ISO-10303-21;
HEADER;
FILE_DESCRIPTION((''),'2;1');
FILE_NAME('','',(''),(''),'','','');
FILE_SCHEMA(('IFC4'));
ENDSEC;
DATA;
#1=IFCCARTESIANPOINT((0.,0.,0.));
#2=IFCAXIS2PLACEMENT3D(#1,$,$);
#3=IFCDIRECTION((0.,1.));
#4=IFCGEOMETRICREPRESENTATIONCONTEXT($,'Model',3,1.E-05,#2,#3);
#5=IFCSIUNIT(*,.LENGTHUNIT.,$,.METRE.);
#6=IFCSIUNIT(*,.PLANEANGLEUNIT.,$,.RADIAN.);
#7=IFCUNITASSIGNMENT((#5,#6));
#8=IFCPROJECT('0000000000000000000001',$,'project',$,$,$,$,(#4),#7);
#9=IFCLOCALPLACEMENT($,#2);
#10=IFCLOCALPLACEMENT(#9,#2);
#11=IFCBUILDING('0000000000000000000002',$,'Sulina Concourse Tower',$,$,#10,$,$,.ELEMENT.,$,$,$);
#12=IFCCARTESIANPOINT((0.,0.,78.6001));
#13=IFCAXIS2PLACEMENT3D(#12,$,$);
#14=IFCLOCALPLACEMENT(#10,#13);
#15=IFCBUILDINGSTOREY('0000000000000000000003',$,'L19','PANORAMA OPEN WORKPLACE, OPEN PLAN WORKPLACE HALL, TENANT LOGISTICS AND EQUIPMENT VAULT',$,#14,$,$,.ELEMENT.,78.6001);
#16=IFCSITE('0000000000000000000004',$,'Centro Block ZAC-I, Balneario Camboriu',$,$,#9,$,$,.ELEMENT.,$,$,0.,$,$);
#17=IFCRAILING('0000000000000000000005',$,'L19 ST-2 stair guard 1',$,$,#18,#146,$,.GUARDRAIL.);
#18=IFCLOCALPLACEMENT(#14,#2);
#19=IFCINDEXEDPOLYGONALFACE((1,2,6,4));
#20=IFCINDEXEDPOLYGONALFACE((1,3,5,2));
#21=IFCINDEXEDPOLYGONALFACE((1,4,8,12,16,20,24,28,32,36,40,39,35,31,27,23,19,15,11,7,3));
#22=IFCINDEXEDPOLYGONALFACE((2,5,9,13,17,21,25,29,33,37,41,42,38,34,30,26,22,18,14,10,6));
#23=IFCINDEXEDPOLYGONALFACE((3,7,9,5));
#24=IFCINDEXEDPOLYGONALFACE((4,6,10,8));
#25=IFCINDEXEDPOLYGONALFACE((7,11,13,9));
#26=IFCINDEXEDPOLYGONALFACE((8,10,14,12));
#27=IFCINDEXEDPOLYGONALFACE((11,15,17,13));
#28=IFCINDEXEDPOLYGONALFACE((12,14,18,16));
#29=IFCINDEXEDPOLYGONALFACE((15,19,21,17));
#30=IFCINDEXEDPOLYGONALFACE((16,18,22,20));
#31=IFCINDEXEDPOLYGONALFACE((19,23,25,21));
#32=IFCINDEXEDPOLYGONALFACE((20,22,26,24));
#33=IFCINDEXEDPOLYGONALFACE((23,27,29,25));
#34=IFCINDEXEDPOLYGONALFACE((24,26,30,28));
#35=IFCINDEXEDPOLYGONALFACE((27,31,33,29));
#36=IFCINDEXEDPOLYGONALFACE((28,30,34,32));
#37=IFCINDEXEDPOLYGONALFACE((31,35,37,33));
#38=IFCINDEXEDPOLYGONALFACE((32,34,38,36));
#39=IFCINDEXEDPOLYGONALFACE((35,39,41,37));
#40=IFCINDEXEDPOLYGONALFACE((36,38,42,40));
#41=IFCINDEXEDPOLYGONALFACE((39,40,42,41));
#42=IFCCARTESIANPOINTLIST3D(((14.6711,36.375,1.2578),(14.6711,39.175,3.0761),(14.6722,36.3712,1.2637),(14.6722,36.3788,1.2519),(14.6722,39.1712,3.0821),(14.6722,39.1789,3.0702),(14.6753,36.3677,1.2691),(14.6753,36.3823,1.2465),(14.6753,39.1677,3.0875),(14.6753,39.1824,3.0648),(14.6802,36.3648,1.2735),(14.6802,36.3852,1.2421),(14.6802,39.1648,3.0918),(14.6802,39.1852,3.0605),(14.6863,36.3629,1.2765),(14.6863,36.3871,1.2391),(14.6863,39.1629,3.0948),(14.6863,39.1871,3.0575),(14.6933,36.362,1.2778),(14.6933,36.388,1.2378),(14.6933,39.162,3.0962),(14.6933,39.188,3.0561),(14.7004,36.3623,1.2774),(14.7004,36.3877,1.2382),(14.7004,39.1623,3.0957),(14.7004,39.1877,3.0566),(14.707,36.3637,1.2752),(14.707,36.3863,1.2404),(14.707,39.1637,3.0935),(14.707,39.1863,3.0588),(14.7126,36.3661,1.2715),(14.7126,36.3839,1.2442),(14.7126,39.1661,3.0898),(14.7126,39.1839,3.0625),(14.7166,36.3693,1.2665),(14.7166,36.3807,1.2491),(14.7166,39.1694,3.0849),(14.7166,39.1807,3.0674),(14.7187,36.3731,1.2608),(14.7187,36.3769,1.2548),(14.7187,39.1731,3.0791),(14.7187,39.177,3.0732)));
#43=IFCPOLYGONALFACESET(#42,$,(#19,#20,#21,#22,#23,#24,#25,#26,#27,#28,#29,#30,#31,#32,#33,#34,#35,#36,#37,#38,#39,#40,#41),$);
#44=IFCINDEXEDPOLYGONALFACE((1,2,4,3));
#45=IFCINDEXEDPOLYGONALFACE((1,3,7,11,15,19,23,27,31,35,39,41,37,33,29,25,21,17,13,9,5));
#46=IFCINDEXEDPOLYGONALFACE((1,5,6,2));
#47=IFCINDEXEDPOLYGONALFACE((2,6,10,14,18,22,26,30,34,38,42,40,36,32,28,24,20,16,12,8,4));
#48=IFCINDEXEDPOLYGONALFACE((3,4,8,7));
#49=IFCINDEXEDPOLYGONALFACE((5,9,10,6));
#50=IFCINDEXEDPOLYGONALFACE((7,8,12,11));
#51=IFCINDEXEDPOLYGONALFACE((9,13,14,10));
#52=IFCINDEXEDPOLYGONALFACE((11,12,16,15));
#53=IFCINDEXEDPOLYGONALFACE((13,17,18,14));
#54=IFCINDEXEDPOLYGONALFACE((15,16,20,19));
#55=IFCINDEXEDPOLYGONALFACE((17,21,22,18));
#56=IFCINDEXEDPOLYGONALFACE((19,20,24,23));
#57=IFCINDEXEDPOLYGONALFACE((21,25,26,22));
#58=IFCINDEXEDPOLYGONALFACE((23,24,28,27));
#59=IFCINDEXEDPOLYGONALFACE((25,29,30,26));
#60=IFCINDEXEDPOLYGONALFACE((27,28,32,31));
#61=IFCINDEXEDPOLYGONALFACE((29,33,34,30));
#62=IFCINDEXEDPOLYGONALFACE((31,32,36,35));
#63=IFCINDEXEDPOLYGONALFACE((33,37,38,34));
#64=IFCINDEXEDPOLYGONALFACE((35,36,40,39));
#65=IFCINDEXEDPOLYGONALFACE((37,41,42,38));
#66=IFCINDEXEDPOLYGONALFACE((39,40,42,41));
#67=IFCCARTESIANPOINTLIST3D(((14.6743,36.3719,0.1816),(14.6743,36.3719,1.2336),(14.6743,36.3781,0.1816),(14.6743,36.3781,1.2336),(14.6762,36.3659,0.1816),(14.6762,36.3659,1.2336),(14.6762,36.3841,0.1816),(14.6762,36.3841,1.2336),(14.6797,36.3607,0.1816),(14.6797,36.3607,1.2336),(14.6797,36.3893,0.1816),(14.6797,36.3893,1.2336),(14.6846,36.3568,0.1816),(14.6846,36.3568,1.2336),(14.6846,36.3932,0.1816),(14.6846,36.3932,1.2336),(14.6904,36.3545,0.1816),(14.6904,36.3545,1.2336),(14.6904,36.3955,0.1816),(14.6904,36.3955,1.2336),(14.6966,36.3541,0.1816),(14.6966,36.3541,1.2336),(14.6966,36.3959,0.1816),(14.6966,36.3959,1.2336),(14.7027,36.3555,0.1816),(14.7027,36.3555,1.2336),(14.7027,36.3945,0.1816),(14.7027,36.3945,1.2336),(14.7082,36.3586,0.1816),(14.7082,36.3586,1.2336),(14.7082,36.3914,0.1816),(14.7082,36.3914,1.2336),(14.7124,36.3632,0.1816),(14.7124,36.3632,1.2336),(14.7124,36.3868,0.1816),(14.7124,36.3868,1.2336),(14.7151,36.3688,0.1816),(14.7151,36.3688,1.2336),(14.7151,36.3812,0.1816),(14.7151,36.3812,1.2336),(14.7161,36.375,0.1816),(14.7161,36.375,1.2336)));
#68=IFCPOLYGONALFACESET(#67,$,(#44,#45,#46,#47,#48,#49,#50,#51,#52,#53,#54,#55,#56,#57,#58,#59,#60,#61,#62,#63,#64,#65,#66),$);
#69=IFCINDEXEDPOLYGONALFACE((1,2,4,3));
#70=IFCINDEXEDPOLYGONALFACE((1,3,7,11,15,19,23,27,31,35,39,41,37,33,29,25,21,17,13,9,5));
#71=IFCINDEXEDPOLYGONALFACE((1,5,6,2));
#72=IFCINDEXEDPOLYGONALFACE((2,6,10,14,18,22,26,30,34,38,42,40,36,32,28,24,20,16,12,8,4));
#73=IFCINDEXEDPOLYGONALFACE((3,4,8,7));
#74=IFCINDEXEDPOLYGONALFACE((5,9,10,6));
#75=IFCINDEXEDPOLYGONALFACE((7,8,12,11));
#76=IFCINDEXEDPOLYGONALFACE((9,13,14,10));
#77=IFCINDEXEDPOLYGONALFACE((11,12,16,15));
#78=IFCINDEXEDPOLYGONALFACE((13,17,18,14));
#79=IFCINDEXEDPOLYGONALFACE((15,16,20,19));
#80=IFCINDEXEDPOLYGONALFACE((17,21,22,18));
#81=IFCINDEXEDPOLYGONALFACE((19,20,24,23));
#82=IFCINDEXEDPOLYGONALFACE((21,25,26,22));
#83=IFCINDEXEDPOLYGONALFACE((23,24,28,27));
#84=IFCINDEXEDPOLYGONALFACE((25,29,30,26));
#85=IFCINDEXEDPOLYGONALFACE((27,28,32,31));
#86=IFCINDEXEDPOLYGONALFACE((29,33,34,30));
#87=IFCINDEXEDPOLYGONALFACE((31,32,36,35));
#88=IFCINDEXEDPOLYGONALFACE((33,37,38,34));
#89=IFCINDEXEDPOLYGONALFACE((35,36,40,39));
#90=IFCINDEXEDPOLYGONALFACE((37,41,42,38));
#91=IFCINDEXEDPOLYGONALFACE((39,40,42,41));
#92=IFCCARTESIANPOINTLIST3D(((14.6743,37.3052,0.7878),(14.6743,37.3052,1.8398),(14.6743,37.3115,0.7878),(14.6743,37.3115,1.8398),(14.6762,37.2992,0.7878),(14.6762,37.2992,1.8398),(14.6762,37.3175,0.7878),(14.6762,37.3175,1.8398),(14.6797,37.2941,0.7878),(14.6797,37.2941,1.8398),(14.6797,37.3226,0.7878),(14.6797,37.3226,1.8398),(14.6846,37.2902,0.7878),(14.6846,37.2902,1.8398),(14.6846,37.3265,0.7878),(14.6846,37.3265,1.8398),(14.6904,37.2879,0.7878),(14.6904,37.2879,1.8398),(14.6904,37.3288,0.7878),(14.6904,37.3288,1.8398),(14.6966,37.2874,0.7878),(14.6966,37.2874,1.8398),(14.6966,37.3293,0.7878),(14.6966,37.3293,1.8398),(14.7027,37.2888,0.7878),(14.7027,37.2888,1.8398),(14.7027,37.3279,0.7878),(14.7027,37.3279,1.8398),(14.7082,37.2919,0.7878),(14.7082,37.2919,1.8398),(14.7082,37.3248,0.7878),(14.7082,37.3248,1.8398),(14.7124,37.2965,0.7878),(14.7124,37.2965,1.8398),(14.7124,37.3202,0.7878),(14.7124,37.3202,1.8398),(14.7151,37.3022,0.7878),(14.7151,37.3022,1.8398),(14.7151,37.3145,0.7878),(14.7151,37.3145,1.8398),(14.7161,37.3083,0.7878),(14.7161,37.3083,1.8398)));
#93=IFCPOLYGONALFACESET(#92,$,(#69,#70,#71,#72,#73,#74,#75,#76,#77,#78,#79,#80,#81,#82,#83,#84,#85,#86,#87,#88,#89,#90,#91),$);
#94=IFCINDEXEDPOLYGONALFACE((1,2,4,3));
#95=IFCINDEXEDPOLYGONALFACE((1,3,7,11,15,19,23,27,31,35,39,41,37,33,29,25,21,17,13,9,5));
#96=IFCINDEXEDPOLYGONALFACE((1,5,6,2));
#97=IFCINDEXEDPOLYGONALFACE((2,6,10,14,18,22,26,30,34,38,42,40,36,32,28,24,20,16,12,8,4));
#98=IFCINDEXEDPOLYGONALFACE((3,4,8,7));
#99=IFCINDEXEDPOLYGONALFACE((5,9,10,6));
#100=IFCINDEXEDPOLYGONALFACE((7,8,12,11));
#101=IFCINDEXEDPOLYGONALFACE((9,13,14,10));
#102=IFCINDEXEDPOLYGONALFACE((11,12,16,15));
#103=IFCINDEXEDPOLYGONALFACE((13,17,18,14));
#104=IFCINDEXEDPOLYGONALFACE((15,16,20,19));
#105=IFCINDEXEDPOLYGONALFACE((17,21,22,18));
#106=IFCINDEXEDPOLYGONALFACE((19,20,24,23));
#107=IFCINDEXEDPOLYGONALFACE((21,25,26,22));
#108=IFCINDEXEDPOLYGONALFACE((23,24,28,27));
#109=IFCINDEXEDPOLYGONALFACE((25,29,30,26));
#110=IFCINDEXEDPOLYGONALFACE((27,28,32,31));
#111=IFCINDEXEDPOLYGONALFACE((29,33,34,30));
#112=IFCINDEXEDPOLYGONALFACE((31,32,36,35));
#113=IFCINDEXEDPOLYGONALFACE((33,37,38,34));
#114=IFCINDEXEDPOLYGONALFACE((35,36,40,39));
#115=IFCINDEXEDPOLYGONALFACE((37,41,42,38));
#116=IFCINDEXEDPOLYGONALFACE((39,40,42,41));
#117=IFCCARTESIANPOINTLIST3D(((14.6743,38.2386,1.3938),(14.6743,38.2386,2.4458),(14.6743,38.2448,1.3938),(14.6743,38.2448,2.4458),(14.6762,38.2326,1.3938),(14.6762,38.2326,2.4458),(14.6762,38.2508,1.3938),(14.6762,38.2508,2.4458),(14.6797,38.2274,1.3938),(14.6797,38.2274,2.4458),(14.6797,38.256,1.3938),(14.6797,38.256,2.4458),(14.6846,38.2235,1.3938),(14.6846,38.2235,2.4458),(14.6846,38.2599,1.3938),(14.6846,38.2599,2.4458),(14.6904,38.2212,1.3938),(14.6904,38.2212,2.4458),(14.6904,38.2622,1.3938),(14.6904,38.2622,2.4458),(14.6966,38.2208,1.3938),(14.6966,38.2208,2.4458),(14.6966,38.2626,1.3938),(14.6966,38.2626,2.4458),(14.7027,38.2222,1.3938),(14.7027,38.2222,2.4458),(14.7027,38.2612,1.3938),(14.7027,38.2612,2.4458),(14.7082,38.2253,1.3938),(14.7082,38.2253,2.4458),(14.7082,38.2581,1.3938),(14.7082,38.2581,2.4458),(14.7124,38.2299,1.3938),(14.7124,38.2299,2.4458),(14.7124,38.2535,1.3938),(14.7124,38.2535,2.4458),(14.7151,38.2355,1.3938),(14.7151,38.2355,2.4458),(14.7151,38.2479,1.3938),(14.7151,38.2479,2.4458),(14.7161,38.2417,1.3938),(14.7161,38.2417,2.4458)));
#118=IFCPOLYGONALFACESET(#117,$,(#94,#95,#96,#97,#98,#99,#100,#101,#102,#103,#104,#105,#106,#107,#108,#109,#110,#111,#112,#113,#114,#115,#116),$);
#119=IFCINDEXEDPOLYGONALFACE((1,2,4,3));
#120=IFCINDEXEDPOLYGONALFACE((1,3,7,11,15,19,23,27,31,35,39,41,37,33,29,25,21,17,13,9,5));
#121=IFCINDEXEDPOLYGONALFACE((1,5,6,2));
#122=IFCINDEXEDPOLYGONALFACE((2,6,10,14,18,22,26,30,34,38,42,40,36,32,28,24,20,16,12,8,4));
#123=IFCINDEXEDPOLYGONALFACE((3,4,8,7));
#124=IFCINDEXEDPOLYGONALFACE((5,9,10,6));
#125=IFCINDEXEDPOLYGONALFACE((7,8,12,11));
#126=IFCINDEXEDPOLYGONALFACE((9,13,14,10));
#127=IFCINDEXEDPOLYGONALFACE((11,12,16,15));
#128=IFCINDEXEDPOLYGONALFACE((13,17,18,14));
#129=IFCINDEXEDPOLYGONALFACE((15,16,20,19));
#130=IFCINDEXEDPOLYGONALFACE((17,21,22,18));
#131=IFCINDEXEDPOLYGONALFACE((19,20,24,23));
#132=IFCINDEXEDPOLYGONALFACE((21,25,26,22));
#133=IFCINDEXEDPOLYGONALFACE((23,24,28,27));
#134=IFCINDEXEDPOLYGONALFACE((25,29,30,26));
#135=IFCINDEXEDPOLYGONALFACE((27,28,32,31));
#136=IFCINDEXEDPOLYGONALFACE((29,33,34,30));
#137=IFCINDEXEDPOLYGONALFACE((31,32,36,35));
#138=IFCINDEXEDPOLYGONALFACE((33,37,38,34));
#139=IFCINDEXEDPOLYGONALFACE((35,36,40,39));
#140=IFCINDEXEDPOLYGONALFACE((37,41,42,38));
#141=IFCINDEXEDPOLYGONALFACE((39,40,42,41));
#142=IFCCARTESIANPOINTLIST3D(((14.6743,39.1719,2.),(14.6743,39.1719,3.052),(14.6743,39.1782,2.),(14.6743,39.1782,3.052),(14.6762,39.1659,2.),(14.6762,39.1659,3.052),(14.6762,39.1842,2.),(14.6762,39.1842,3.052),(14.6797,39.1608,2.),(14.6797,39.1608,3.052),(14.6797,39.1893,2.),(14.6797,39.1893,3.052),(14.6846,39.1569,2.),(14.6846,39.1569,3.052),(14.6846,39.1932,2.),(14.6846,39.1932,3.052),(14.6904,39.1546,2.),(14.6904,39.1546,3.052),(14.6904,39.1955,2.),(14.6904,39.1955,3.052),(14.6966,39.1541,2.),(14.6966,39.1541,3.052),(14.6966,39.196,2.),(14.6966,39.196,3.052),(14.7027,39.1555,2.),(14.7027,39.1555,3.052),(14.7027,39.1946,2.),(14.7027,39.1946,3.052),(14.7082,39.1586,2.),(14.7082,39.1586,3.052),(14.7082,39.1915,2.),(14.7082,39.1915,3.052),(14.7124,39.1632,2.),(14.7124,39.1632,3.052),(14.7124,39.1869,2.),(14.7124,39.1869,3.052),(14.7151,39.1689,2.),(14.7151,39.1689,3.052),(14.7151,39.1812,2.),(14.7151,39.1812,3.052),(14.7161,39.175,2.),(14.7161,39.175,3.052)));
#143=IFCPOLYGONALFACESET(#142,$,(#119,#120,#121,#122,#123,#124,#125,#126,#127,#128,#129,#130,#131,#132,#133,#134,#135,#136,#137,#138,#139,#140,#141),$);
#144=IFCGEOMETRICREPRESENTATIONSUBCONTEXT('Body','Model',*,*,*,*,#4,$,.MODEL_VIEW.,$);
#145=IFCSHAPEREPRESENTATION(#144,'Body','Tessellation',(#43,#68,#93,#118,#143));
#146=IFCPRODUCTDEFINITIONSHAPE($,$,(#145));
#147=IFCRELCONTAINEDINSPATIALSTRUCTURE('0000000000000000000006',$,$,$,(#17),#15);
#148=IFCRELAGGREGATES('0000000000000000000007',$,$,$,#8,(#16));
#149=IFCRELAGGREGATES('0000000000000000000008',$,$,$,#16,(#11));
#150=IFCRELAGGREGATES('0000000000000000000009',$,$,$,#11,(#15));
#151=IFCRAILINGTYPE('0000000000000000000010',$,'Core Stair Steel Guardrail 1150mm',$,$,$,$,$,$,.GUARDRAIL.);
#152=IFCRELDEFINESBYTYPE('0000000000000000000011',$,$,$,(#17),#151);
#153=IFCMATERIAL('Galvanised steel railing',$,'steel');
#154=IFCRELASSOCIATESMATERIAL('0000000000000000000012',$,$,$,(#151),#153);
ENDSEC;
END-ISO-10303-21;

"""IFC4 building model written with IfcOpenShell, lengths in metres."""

from ifc_helpers import new_model, si_unit, direction, frame, origin, origin_2d, place, context, subcontext, project, spatial, circle, extrude, material, type_object, element, save


model = new_model("IFC4")

# Units and contexts
model_context = context("Model", 3, precision=1e-05, world=origin(), true_north=direction((0.0, 1.0)))
body_context = subcontext(model_context, "Body", "Model", "MODEL_VIEW")
ifc_project = project(units=[si_unit("LENGTHUNIT", "METRE"), si_unit("PLANEANGLEUNIT", "RADIAN")], contexts=[model_context])

# Site, building, storey
site_placement = place(None, origin())
site = spatial("IfcSite", under=ifc_project, at=site_placement, Name="Centro Block ZAC-I, Balneario Camboriu", CompositionType="ELEMENT", RefElevation=0.0)
building_placement = place(site_placement, origin())
building = spatial("IfcBuilding", under=site, at=building_placement, Name="Sulina Concourse Tower", CompositionType="ELEMENT")
storey_placement = place(building_placement, frame((0.0, 0.0, 78.6001)))
storey = spatial("IfcBuildingStorey", under=building, at=storey_placement, Name="L19", Description="PANORAMA OPEN WORKPLACE, OPEN PLAN WORKPLACE HALL, TENANT LOGISTICS AND EQUIPMENT VAULT", CompositionType="ELEMENT", Elevation=78.6001)

# Railing
ifc_material_1 = material(Name="Galvanised steel railing", Category="steel")
railing_type_1 = type_object("IfcRailingType", Name="Core Stair Steel Guardrail 1150mm", PredefinedType="GUARDRAIL", material=ifc_material_1)
railing_1_placement = place(storey_placement, frame((14.6951, 36.375, 0.1816)))
element("IfcRailing", 1, at=railing_1_placement, inside=storey, type_object=railing_type_1, Name="L19 ST-2 stair guard 1", PredefinedType="GUARDRAIL", context=body_context, shape_type="SweptSolid", body=[
    extrude(circle(Radius=0.0239, at=origin_2d()), frame((0.0, 0.0, 1.0762), z_axis=(0.0, 0.838672, 0.544636), x_axis=(-1.0, 0.0, 0.0)), (0.0, 0.0, 1.0), 3.3386),
    extrude(circle(Radius=0.021, at=origin_2d()), origin(), (0.0, 0.0, 1.0), 1.052),
    extrude(circle(Radius=0.021, at=origin_2d()), frame((0.0, 0.9333, 0.6062)), (0.0, 0.0, 1.0), 1.052),
    extrude(circle(Radius=0.021, at=origin_2d()), frame((0.0, 1.8667, 1.2122)), (0.0, 0.0, 1.0), 1.052),
    extrude(circle(Radius=0.021, at=origin_2d()), frame((0.0, 2.8, 1.8184)), (0.0, 0.0, 1.0), 1.052),
])

save(model, "model.ifc")
